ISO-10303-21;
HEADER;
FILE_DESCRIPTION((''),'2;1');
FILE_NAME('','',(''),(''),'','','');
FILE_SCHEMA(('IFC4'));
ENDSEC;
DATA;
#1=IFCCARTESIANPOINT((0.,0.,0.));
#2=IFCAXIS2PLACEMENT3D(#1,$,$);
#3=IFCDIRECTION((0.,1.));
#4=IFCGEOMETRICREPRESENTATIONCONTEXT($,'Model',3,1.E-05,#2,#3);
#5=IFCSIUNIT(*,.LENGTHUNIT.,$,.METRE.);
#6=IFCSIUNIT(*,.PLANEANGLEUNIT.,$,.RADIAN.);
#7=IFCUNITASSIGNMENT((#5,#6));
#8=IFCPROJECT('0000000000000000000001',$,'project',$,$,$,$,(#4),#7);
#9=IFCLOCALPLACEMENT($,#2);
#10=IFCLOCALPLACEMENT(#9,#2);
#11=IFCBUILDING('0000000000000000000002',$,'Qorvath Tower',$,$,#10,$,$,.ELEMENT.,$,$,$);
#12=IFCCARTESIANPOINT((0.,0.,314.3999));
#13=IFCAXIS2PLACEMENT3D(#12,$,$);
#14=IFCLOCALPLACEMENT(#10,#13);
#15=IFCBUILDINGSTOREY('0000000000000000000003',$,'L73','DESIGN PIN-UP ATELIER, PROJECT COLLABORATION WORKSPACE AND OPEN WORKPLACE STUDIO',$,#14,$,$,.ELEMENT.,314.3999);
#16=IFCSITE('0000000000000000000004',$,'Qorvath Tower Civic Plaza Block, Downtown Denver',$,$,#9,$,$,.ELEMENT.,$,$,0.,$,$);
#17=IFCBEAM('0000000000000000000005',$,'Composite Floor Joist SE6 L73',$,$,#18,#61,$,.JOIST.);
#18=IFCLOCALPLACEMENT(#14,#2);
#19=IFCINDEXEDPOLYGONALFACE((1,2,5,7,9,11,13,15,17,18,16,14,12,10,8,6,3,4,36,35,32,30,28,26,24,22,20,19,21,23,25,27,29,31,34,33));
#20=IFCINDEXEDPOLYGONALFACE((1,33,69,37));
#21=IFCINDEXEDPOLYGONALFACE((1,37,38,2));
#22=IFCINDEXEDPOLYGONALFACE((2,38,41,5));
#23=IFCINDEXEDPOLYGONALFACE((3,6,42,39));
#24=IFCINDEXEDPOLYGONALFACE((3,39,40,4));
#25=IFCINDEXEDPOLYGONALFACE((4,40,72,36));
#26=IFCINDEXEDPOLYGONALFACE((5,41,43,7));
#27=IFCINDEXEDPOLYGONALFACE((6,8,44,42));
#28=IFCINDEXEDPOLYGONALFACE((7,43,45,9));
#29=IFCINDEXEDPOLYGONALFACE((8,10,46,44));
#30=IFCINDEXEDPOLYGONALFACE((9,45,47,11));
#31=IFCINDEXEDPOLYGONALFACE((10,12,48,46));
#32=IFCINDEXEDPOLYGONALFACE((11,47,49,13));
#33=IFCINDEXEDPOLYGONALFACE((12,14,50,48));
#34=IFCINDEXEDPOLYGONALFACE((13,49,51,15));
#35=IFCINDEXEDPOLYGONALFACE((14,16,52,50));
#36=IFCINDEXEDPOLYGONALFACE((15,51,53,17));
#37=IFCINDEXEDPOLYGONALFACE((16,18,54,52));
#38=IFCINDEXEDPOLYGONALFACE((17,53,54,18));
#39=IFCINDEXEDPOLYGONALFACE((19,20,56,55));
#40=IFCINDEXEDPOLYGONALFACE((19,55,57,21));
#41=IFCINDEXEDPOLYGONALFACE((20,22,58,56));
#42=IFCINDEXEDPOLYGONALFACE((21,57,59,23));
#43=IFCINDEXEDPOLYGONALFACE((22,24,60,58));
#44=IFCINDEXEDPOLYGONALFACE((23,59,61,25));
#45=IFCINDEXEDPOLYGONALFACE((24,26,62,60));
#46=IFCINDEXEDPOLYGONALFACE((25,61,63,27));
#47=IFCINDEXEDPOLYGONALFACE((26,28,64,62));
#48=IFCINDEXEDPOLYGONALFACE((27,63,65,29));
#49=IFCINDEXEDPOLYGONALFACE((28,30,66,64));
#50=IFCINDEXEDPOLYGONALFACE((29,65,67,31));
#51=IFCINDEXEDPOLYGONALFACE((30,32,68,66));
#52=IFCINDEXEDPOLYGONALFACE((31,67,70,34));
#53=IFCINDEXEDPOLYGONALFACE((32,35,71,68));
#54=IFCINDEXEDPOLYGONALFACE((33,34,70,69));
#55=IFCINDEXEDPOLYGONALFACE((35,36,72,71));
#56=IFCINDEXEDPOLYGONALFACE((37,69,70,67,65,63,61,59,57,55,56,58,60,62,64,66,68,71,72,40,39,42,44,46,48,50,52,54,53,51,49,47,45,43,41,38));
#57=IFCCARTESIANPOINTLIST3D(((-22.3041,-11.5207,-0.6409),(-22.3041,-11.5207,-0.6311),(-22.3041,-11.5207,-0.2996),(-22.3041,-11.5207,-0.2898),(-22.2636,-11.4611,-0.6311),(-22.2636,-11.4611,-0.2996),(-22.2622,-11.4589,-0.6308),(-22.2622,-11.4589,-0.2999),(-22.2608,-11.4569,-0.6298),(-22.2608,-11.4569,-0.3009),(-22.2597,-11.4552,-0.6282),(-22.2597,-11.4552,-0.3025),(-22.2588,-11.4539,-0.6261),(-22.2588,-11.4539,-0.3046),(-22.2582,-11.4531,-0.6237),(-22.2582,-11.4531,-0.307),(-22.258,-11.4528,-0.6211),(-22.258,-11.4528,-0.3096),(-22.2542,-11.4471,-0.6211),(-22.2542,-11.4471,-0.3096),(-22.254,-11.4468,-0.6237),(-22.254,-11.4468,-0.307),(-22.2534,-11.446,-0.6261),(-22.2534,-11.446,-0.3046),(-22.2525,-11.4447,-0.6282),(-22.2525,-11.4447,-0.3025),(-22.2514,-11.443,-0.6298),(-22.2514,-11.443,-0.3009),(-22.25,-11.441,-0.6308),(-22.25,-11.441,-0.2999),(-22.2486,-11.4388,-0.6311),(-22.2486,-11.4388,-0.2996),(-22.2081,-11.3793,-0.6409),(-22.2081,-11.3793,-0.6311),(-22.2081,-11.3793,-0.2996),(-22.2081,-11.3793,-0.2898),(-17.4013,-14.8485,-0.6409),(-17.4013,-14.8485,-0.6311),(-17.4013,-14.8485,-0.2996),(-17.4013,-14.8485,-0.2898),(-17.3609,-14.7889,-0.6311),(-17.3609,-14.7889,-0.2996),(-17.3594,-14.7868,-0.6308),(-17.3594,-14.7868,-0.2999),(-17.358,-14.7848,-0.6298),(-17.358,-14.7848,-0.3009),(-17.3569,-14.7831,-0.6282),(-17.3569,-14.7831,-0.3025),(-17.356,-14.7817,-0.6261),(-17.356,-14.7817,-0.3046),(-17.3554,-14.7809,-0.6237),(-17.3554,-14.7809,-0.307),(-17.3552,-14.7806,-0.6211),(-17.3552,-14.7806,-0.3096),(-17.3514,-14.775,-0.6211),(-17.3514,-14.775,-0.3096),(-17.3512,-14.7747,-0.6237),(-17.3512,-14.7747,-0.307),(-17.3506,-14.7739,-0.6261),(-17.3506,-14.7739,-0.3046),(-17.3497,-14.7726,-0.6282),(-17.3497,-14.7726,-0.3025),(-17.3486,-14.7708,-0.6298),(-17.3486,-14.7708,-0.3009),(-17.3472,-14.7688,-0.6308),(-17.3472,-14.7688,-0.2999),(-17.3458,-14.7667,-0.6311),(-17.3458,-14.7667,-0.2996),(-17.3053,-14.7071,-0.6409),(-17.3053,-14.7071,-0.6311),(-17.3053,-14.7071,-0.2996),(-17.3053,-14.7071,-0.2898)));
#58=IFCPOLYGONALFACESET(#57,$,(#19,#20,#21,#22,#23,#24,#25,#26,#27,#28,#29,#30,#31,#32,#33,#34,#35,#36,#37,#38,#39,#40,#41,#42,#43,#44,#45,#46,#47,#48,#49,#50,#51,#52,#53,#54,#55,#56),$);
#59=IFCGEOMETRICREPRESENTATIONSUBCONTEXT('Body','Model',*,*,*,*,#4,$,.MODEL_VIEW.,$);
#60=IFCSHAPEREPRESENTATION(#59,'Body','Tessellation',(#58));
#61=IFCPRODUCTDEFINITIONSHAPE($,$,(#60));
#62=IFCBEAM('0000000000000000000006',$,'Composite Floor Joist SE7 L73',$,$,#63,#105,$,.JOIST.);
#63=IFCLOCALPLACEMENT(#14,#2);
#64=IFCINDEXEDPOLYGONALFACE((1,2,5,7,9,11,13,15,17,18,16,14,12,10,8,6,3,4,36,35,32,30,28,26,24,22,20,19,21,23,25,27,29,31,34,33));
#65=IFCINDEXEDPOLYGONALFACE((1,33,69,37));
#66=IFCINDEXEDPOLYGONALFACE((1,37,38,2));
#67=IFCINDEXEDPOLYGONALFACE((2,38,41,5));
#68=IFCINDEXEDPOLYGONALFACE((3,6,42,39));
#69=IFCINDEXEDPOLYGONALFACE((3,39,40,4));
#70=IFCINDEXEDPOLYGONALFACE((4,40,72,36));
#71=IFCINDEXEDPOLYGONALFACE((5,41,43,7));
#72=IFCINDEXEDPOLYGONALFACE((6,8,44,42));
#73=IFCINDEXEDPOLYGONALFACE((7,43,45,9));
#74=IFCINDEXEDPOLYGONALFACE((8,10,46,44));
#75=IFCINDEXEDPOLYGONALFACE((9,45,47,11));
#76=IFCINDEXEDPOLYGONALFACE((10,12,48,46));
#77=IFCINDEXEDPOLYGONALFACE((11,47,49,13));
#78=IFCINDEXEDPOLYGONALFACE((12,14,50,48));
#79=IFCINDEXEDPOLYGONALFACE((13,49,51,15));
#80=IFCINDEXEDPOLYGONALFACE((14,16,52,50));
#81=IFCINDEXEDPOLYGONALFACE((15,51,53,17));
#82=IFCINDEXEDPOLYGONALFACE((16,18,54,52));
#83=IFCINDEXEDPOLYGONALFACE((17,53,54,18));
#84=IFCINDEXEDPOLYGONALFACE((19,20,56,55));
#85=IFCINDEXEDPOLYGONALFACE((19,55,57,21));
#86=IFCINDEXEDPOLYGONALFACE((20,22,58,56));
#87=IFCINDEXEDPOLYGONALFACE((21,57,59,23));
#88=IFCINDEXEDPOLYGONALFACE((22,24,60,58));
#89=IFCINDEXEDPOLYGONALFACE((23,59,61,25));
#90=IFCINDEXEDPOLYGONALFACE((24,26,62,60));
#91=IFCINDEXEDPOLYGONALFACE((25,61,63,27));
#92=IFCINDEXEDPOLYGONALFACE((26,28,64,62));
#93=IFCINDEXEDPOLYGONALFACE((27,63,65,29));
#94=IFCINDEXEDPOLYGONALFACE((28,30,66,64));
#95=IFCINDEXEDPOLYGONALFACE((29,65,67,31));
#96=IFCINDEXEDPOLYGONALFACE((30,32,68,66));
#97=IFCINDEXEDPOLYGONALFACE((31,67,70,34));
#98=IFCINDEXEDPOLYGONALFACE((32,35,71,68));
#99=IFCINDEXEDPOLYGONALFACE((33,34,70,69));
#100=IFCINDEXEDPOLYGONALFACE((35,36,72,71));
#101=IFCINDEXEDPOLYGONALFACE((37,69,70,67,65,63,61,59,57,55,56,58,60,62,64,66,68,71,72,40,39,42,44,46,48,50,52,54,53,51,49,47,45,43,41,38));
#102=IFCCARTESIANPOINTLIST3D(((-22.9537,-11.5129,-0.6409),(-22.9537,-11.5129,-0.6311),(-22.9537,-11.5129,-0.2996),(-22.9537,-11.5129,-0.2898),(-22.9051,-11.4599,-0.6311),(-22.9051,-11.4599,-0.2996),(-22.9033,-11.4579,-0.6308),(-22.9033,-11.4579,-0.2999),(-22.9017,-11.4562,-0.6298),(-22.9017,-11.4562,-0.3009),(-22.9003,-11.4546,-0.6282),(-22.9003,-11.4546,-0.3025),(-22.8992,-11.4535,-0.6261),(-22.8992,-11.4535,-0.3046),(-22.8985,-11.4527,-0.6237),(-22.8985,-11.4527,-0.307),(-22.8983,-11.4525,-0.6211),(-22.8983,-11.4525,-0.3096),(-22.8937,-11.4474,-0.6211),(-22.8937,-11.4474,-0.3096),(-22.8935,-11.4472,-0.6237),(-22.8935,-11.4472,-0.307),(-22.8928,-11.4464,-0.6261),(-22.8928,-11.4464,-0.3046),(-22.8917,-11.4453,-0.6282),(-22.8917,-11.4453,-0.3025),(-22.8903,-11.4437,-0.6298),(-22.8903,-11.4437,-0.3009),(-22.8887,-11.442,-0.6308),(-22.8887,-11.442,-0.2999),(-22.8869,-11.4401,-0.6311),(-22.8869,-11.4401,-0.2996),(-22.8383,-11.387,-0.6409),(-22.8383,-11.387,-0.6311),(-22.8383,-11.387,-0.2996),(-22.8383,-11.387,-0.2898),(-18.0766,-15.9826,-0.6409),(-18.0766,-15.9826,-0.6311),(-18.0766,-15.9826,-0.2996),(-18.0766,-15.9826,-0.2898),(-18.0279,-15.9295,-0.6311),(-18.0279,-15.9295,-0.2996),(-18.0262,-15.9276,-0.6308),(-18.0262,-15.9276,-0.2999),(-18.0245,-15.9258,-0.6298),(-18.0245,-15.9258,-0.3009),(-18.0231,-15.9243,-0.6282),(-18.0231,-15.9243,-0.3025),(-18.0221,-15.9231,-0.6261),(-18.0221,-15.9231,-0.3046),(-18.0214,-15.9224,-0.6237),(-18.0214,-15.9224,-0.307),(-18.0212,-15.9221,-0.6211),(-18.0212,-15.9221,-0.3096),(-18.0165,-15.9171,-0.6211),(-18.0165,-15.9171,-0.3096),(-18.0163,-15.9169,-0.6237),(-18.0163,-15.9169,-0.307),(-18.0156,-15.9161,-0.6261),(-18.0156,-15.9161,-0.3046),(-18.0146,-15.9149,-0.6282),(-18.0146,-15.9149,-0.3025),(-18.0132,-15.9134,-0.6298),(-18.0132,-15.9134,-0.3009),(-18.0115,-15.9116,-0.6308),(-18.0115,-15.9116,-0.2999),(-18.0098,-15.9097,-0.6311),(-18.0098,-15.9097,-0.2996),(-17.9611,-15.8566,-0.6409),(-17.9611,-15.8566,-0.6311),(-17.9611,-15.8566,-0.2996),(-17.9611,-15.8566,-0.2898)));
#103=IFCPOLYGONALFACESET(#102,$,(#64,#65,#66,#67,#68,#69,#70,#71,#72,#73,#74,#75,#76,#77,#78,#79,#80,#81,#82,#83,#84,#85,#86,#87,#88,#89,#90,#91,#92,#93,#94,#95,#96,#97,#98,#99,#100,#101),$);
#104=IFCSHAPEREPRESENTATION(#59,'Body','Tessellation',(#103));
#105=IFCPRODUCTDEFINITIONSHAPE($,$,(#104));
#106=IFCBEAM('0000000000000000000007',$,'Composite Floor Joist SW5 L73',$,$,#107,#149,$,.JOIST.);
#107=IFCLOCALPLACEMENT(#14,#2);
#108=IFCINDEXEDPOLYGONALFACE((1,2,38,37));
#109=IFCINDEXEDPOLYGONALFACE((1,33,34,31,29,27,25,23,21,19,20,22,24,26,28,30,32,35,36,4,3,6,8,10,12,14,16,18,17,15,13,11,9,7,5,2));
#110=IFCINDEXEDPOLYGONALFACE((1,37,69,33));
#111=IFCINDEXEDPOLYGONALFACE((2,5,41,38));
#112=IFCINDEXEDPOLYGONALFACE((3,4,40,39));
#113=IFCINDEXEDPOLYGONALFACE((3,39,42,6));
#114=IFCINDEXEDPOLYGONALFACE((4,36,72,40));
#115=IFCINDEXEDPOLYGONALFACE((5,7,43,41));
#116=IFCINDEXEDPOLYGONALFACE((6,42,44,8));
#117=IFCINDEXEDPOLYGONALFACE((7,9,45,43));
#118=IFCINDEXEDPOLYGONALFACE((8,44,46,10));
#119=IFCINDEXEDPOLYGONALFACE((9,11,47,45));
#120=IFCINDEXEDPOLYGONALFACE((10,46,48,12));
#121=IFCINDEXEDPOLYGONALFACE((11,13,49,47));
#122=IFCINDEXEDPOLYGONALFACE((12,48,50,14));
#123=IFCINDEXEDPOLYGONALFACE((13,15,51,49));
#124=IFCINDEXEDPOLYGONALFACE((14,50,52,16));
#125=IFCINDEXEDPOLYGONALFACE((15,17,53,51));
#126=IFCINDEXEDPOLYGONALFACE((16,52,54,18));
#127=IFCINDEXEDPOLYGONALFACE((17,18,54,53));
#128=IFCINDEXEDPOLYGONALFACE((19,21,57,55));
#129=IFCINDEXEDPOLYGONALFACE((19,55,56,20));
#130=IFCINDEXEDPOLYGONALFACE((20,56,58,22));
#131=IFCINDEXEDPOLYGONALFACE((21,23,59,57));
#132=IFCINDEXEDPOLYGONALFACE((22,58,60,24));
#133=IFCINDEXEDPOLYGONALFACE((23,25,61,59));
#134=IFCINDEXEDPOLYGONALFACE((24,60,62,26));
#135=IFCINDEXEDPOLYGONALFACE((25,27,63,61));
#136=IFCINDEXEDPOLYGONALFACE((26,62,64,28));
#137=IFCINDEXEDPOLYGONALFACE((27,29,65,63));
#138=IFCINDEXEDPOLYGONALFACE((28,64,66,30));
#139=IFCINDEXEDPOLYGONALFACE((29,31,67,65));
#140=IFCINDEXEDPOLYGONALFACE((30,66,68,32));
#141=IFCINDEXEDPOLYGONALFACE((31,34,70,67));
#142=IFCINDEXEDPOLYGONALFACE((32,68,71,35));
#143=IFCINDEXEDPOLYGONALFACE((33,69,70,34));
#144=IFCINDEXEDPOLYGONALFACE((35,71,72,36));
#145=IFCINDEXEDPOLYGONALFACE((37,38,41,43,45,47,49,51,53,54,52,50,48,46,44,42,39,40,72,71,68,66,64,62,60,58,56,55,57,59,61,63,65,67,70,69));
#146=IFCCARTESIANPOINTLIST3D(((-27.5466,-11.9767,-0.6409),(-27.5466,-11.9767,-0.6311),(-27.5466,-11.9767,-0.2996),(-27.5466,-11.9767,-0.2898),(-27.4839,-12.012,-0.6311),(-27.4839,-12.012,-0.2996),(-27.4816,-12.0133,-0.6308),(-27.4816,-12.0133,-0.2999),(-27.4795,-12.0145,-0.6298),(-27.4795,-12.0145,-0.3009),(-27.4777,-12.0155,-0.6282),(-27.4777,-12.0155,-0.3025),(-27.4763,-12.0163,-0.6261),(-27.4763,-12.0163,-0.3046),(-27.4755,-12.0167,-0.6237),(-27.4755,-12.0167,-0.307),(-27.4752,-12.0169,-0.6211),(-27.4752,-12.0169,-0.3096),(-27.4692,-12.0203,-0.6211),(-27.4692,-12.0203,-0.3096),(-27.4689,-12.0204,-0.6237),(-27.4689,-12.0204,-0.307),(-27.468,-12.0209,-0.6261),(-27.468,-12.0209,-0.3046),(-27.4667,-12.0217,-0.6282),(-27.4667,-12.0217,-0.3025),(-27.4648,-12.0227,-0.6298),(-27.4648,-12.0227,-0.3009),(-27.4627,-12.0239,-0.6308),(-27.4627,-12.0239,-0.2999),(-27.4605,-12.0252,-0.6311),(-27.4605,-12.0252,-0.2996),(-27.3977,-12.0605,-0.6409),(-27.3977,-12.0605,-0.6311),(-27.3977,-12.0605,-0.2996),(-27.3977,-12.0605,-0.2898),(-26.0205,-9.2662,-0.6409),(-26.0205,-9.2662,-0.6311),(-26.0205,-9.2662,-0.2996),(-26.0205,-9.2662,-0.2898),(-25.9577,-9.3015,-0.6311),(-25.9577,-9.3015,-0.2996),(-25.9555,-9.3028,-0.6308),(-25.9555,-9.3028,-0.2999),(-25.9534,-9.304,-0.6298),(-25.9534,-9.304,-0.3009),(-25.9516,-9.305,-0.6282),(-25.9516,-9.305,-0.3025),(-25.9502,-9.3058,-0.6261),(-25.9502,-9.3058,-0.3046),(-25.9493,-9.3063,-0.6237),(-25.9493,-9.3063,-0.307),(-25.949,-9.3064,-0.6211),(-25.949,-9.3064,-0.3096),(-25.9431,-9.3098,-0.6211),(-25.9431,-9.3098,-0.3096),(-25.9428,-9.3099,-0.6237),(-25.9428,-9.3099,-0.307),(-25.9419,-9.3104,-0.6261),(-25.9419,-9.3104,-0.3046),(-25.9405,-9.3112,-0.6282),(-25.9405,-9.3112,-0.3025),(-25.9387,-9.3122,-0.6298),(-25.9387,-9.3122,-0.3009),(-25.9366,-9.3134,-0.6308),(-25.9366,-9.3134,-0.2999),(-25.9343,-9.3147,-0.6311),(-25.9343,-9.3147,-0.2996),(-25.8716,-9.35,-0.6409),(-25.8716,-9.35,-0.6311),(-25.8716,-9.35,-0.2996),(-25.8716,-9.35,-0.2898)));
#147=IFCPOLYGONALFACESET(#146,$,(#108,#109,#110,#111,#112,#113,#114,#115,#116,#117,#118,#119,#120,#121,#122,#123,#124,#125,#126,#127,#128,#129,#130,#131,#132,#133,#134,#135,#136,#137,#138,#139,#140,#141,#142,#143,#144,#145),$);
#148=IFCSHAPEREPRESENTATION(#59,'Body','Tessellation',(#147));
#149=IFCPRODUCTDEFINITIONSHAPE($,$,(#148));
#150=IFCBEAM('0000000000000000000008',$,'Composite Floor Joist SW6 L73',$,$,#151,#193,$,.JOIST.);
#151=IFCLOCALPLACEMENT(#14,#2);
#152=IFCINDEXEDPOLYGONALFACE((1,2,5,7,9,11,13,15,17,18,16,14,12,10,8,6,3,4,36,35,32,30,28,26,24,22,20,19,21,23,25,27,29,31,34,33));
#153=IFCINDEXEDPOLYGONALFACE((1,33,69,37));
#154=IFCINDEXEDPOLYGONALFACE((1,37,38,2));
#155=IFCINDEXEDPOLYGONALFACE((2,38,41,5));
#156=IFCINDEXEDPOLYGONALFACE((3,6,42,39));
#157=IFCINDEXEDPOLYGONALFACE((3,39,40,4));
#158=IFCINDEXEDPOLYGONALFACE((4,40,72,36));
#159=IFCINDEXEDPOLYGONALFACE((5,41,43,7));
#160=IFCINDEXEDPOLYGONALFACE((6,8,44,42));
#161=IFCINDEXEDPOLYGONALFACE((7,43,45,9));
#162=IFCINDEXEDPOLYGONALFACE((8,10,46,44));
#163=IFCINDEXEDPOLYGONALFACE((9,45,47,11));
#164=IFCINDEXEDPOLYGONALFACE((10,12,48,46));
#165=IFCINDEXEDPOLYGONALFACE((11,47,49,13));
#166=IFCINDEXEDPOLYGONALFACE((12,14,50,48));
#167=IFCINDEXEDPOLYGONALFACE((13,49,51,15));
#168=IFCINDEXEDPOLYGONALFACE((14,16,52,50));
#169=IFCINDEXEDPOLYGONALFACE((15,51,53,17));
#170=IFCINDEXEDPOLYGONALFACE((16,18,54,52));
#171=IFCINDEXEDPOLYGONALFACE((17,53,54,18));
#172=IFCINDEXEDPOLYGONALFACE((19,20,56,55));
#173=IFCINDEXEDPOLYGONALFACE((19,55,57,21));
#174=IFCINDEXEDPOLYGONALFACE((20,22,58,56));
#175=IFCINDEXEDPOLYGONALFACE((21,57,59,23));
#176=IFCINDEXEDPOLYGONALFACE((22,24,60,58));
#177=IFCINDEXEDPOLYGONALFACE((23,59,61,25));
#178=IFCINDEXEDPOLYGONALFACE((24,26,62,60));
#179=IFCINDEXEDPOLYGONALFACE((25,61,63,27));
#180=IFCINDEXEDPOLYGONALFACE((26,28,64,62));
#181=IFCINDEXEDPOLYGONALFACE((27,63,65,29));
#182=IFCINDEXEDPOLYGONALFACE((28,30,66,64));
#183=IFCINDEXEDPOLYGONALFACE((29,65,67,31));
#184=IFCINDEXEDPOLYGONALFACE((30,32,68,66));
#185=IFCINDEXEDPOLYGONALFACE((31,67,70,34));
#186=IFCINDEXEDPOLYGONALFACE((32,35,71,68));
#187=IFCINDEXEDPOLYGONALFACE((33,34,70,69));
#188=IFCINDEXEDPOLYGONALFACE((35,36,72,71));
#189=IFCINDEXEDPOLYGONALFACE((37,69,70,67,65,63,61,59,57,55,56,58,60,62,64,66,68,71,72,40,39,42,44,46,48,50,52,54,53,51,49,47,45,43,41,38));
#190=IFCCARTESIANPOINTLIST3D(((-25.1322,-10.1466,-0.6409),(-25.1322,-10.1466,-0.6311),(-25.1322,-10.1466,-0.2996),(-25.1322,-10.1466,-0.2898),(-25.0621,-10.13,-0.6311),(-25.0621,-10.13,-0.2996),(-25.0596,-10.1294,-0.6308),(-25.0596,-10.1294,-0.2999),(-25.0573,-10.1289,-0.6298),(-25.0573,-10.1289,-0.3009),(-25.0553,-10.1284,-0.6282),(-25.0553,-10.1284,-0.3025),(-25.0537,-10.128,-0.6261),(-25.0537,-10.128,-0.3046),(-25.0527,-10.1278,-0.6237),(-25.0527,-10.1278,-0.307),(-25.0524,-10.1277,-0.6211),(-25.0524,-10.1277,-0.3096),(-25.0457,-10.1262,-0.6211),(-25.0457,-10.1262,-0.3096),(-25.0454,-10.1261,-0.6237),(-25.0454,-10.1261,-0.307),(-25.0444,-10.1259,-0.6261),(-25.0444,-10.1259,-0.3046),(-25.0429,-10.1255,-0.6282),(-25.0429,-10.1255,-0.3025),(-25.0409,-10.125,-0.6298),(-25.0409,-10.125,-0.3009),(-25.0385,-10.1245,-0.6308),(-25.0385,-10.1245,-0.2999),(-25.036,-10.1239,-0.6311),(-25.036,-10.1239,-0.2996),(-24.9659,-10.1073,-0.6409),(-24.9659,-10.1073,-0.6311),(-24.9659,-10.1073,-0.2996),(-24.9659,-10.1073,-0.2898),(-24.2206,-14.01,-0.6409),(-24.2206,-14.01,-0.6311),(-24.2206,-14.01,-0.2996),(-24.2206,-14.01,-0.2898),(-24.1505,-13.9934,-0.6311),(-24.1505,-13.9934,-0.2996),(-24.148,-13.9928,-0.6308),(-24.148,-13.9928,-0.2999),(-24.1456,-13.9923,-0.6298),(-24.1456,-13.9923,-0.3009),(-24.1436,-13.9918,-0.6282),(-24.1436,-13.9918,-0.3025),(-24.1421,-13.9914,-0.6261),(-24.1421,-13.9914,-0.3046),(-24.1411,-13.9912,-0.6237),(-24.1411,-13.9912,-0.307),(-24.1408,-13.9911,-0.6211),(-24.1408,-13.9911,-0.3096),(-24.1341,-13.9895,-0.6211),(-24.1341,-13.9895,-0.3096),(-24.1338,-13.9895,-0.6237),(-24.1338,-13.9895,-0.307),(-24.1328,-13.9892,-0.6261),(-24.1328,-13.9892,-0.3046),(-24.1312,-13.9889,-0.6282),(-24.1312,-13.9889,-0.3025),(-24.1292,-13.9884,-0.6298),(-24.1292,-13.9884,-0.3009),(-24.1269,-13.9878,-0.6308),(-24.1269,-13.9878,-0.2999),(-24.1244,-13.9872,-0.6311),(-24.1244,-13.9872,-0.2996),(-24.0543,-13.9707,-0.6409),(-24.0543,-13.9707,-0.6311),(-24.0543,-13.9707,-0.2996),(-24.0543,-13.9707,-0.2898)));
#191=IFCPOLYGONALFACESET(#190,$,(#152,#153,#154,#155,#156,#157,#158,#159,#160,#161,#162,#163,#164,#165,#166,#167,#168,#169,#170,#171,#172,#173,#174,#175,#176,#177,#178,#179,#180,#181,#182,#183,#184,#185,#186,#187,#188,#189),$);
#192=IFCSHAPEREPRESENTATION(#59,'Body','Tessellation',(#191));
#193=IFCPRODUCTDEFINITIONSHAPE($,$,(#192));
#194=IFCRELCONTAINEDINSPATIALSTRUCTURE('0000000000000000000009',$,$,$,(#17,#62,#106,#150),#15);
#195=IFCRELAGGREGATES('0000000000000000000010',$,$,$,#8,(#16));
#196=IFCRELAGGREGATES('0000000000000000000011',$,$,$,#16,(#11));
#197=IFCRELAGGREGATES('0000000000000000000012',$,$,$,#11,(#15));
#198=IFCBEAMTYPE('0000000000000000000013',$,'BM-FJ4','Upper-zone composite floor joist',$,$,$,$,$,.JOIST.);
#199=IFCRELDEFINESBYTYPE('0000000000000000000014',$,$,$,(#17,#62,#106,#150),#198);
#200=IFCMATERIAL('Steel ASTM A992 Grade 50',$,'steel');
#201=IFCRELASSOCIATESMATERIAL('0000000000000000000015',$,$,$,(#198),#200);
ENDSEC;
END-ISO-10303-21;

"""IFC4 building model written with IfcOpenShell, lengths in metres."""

from ifc_helpers import new_model, si_unit, direction, frame, origin, origin_2d, place, context, subcontext, project, spatial, i_section, extrude, material, material_profile, profile_set, type_object, element, save


model = new_model("IFC4")

# Units and contexts
model_context = context("Model", 3, precision=1e-05, world=origin(), true_north=direction((0.0, 1.0)))
body_context = subcontext(model_context, "Body", "Model", "MODEL_VIEW")
ifc_project = project(units=[si_unit("LENGTHUNIT", "METRE"), si_unit("PLANEANGLEUNIT", "RADIAN")], contexts=[model_context])

# Site, building, storey
site_placement = place(None, origin())
site = spatial("IfcSite", under=ifc_project, at=site_placement, Name="Qorvath Tower Civic Plaza Block, Downtown Denver", CompositionType="ELEMENT", RefElevation=0.0)
building_placement = place(site_placement, origin())
building = spatial("IfcBuilding", under=site, at=building_placement, Name="Qorvath Tower", CompositionType="ELEMENT")
storey_placement = place(building_placement, frame((0.0, 0.0, 314.3999)))
storey = spatial("IfcBuildingStorey", under=building, at=storey_placement, Name="L73", Description="DESIGN PIN-UP ATELIER, PROJECT COLLABORATION WORKSPACE AND OPEN WORKPLACE STUDIO", CompositionType="ELEMENT", Elevation=314.3999)

# Beams
ifc_material_1 = material(Name="Steel ASTM A992 Grade 50", Category="steel")
ifc_material_profile_1 = material_profile(ifc_material_1, i_section(OverallWidth=0.1709, OverallDepth=0.3511, WebThickness=0.0068, FlangeThickness=0.0098, FilletRadius=0.01, at=origin_2d()), Name="W14x30")
ifc_profile_set_1 = profile_set([ifc_material_profile_1], Name="Steel ASTM A992 Grade 50")
beam_type_1 = type_object("IfcBeamType", Name="BM-FJ4", Description="Upper-zone composite floor joist", PredefinedType="JOIST", material=ifc_profile_set_1)
beam_1_placement = place(storey_placement, frame((-22.2561, -11.45, -0.4653), z_axis=(0.827401, -0.561612, 0.0), x_axis=(0.561612, 0.827401, 0.0)))
element("IfcBeam", 1, at=beam_1_placement, inside=storey, type_object=beam_type_1, Name="Composite Floor Joist SE6 L73", PredefinedType="JOIST", context=body_context, shape_type="SweptSolid", body=[
    extrude(i_section(OverallWidth=0.1709, OverallDepth=0.3511, WebThickness=0.0068, FlangeThickness=0.0098, FilletRadius=0.01, at=origin_2d()), origin(), (0.0, 0.0, 1.0), 5.9255),
])
beam_2_placement = place(storey_placement, frame((-22.896, -11.45, -0.4653), z_axis=(0.737232, -0.675639, 0.0), x_axis=(0.675639, 0.737232, 0.0)))
element("IfcBeam", 2, at=beam_2_placement, inside=storey, type_object=beam_type_1, Name="Composite Floor Joist SE7 L73", PredefinedType="JOIST", context=body_context, shape_type="SweptSolid", body=[
    extrude(i_section(OverallWidth=0.1709, OverallDepth=0.3511, WebThickness=0.0068, FlangeThickness=0.0098, FilletRadius=0.01, at=origin_2d()), origin(), (0.0, 0.0, 1.0), 6.6155),
])
beam_3_placement = place(storey_placement, frame((-25.946, -9.3081, -0.4653), z_axis=(-0.490626, -0.87137, 0.0), x_axis=(0.87137, -0.490626, 0.0)))
element("IfcBeam", 3, at=beam_3_placement, inside=storey, type_object=beam_type_1, Name="Composite Floor Joist SW5 L73", PredefinedType="JOIST", context=body_context, shape_type="SweptSolid", body=[
    extrude(i_section(OverallWidth=0.1709, OverallDepth=0.3511, WebThickness=0.0068, FlangeThickness=0.0098, FilletRadius=0.01, at=origin_2d()), origin(), (0.0, 0.0, 1.0), 3.1106),
])
beam_4_placement = place(storey_placement, frame((-25.0491, -10.127, -0.4653), z_axis=(0.229663, -0.97327, 0.0), x_axis=(0.97327, 0.229663, 0.0)))
element("IfcBeam", 4, at=beam_4_placement, inside=storey, type_object=beam_type_1, Name="Composite Floor Joist SW6 L73", PredefinedType="JOIST", context=body_context, shape_type="SweptSolid", body=[
    extrude(i_section(OverallWidth=0.1709, OverallDepth=0.3511, WebThickness=0.0068, FlangeThickness=0.0098, FilletRadius=0.01, at=origin_2d()), origin(), (0.0, 0.0, 1.0), 3.9695),
])

save(model, "model.ifc")
